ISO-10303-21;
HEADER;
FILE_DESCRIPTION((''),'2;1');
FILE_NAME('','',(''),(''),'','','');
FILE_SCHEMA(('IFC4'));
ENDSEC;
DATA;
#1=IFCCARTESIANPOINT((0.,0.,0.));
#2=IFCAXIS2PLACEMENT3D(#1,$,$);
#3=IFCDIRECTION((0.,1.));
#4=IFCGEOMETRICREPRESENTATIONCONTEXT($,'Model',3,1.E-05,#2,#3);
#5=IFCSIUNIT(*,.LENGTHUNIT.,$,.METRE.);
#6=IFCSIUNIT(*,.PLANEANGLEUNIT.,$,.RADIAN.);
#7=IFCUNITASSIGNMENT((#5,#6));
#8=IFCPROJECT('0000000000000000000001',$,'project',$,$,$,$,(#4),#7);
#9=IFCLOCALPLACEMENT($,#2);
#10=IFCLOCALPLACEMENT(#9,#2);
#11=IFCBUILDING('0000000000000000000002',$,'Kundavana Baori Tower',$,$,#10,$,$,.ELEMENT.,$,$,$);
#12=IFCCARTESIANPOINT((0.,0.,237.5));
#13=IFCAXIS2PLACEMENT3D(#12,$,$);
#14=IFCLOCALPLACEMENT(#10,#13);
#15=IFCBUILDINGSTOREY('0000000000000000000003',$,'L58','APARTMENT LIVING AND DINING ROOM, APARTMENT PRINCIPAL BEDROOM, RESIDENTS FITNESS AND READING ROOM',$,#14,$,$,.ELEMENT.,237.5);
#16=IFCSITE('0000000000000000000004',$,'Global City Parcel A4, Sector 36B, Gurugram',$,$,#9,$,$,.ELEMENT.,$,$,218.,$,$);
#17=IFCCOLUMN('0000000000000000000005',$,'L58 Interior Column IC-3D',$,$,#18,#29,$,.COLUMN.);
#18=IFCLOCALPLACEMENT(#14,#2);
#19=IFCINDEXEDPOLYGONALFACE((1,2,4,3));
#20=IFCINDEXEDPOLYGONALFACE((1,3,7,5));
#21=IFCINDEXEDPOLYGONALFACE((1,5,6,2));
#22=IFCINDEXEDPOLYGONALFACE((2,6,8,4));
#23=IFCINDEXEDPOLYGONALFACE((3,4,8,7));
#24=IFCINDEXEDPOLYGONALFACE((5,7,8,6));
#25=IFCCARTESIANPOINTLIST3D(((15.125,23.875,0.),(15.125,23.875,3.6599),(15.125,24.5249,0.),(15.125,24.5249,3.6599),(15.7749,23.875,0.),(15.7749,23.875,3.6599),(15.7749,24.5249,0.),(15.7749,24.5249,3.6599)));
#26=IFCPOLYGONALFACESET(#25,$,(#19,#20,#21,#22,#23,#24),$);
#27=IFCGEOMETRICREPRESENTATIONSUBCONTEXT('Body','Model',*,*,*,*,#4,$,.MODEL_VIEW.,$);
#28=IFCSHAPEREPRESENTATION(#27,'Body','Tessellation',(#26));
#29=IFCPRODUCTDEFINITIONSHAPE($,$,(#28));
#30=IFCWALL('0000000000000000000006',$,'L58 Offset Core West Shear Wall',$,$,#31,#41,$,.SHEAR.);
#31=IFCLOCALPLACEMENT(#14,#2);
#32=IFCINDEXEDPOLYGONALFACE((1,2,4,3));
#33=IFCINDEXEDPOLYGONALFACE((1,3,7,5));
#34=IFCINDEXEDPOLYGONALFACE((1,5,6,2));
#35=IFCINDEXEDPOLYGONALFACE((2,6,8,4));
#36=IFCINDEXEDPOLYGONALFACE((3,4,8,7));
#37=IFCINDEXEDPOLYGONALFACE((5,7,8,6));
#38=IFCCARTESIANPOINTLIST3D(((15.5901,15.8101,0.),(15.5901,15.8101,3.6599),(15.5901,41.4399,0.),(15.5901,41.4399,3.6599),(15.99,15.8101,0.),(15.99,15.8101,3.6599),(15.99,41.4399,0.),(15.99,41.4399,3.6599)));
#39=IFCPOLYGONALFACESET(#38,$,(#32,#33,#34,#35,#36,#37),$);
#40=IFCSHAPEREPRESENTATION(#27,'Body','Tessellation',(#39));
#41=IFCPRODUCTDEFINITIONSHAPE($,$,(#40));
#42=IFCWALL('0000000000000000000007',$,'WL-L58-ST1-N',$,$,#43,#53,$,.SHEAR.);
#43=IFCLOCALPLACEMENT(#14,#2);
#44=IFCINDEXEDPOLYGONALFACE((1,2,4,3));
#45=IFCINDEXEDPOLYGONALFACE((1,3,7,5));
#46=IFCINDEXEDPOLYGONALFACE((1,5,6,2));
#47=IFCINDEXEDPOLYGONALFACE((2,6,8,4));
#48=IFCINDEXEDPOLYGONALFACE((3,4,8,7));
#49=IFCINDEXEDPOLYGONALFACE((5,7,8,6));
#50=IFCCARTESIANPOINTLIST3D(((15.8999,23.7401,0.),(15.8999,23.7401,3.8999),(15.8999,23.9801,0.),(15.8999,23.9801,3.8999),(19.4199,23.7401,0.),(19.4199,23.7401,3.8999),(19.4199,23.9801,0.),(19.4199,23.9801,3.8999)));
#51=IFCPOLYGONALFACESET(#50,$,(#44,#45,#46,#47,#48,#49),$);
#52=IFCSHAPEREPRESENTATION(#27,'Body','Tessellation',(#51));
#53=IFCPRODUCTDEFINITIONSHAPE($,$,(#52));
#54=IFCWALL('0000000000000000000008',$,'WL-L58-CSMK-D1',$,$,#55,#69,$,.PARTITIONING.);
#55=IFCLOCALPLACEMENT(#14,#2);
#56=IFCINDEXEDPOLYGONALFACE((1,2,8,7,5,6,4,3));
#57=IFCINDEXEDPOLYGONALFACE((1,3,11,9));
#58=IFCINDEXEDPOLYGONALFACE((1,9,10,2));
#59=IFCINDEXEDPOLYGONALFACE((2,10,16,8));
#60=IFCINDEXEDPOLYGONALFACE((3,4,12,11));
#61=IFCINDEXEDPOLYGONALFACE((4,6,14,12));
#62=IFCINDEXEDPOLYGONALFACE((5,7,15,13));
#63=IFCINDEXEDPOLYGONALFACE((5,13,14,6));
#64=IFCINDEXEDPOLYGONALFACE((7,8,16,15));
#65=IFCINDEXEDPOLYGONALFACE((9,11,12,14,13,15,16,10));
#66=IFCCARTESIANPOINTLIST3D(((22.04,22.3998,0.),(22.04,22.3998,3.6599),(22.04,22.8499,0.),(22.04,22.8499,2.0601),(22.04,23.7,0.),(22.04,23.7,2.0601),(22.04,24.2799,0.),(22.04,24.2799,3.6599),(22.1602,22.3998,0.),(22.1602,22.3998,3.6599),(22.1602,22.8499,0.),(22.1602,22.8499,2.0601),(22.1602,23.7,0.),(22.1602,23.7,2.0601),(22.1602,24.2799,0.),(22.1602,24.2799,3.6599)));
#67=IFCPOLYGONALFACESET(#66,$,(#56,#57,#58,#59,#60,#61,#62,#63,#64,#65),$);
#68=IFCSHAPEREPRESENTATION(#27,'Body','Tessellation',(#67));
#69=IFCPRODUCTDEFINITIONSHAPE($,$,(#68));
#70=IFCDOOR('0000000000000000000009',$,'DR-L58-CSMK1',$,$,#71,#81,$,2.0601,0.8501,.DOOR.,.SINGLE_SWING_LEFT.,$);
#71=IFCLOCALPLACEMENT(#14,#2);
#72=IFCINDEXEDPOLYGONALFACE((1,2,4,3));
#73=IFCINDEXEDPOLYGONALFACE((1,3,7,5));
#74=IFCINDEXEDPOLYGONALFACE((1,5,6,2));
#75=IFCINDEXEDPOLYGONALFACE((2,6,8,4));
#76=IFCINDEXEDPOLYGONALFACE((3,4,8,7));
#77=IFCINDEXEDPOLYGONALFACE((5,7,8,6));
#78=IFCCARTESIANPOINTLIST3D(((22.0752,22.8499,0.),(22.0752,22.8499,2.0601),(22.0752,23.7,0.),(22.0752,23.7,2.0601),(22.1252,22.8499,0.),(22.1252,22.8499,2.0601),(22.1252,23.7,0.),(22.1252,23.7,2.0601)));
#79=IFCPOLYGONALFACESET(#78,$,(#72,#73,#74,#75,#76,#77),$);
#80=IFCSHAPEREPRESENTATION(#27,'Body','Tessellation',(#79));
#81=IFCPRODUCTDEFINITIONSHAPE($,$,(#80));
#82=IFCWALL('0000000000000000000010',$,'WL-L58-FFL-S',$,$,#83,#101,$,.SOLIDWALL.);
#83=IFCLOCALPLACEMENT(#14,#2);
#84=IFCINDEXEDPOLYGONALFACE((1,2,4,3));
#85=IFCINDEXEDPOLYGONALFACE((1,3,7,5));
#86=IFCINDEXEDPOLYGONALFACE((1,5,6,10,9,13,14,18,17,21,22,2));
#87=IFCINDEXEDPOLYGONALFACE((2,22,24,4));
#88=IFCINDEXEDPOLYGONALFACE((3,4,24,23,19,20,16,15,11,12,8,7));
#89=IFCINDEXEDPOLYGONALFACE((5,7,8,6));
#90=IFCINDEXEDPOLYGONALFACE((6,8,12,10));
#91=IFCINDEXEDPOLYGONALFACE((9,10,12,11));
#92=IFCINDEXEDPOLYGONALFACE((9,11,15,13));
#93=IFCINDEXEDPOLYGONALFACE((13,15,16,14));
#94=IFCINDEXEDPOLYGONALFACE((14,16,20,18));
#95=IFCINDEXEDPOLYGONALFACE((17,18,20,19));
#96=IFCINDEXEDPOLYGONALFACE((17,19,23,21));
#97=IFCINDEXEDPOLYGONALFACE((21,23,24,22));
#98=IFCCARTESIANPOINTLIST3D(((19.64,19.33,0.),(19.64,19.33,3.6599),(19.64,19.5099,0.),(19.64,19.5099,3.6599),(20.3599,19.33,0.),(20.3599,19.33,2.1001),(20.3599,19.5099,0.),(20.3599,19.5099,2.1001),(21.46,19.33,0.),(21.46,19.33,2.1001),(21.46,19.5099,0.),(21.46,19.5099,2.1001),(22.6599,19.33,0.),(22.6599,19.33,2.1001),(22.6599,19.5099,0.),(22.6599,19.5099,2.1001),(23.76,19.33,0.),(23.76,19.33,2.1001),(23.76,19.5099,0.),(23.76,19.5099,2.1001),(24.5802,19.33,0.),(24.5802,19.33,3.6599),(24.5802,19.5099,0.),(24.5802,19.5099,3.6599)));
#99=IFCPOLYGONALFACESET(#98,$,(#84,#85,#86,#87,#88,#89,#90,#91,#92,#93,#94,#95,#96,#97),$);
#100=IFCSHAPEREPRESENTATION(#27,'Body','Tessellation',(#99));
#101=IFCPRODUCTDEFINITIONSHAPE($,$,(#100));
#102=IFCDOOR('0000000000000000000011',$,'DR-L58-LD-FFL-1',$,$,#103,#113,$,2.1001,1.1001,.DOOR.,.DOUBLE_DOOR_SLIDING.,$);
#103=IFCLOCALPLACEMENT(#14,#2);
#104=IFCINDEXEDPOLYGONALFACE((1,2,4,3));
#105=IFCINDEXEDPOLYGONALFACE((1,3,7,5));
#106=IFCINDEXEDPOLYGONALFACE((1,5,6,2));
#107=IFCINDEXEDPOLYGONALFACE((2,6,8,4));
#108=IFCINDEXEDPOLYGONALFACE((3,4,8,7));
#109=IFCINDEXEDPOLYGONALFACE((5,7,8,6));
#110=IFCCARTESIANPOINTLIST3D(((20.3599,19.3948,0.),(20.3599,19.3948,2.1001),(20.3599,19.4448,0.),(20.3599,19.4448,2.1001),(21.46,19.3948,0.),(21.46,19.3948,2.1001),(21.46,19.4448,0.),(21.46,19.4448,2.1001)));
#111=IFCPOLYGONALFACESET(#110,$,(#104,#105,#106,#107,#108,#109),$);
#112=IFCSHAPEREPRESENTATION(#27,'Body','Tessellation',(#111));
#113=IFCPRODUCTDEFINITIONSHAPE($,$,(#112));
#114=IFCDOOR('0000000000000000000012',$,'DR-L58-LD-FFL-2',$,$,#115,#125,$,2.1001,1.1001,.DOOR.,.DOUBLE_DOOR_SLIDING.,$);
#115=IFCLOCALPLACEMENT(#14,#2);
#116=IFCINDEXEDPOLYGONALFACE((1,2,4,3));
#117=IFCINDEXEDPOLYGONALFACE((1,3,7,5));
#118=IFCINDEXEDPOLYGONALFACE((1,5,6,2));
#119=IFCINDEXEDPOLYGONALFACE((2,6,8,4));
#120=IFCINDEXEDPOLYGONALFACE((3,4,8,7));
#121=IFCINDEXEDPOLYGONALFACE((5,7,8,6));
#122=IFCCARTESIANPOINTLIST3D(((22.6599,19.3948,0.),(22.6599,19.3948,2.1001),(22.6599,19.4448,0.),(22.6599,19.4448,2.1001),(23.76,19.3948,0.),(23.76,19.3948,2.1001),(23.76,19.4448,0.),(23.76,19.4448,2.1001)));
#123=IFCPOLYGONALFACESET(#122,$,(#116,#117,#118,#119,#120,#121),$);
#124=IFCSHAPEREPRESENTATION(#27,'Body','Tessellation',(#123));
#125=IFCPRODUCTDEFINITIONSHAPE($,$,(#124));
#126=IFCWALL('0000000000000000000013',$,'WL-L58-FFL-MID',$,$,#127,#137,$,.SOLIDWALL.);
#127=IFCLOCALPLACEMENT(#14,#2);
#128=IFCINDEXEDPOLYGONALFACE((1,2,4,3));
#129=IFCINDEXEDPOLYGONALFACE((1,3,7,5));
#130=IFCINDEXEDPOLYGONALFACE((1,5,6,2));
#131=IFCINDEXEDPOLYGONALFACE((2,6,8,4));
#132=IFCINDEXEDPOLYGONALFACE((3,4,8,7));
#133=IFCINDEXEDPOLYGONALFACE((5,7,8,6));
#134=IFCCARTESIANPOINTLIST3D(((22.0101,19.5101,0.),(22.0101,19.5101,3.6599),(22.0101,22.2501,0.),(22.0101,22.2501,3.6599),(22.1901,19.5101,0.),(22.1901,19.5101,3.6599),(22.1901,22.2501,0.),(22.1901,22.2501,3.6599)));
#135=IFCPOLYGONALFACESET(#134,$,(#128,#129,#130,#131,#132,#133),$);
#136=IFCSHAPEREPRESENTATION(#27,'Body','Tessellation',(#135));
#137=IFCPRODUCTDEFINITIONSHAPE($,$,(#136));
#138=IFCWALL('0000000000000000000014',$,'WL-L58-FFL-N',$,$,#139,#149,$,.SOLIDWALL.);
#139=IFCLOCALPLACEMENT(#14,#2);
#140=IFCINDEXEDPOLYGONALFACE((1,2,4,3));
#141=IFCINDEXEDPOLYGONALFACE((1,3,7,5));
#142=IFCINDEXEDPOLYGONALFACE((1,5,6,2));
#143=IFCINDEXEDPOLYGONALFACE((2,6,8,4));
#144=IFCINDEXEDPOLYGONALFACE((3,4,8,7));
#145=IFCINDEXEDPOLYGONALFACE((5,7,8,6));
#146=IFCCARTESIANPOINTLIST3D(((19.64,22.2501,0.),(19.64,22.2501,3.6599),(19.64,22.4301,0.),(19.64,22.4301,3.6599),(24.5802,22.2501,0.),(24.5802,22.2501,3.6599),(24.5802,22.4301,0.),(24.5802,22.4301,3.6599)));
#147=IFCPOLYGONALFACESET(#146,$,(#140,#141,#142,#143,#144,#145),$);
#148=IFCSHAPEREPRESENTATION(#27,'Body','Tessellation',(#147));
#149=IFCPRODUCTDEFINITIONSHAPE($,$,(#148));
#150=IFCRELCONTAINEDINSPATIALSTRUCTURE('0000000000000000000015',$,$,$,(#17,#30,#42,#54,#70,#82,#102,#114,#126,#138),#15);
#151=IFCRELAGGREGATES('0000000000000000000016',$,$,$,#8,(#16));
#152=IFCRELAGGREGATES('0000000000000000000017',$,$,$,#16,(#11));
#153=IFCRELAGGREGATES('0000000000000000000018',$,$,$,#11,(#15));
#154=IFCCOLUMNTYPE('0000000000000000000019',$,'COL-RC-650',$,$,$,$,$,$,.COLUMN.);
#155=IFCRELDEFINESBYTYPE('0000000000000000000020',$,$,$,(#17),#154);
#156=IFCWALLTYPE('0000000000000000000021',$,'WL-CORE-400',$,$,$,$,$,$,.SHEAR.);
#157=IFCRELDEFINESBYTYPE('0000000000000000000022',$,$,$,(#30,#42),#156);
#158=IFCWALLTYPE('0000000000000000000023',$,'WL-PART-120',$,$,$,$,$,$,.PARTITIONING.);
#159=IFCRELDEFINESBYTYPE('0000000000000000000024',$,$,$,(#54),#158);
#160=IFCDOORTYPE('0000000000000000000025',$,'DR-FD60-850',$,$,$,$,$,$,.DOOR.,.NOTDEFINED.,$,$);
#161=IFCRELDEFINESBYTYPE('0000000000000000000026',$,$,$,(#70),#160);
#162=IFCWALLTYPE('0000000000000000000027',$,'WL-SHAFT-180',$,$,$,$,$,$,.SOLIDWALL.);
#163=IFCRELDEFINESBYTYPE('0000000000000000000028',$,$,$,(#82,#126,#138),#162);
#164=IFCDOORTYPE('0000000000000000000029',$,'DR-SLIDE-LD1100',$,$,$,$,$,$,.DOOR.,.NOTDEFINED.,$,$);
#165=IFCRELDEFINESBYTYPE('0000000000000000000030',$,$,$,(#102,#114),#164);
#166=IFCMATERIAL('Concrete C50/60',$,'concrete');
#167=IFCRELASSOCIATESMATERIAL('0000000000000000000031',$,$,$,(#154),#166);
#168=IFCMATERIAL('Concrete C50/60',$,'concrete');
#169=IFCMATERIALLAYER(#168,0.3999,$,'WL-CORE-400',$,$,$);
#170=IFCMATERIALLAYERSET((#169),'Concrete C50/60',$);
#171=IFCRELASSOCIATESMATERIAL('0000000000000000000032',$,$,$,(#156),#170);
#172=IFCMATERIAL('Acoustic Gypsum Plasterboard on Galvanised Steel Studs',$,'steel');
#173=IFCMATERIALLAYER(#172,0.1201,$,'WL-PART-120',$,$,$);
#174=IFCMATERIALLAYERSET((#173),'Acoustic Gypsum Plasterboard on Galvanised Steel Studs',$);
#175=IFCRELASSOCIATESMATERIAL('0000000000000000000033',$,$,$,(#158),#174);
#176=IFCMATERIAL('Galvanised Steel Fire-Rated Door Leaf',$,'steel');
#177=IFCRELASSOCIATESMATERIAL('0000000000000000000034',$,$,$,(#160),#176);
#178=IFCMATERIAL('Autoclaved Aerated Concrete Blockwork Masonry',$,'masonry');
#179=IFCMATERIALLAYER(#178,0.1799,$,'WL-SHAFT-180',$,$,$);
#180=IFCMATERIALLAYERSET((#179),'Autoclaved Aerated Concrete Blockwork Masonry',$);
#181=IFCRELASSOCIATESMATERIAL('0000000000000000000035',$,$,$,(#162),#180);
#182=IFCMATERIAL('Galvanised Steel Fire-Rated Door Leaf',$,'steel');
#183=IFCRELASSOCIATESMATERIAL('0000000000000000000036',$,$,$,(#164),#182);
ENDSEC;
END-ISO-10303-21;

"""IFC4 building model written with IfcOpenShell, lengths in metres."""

from ifc_helpers import new_model, si_unit, direction, frame, frame_2d, origin, origin_2d, place, context, subcontext, project, spatial, rectangle, extrude, material, layer, layer_set, material_profile, profile_set, type_object, element, fill, save


model = new_model("IFC4")

# Units and contexts
model_context = context("Model", 3, precision=1e-05, world=origin(), true_north=direction((0.0, 1.0)))
body_context = subcontext(model_context, "Body", "Model", "MODEL_VIEW")
ifc_project = project(units=[si_unit("LENGTHUNIT", "METRE"), si_unit("PLANEANGLEUNIT", "RADIAN")], contexts=[model_context])

# Site, building, storey
site_placement = place(None, origin())
site = spatial("IfcSite", under=ifc_project, at=site_placement, Name="Global City Parcel A4, Sector 36B, Gurugram", CompositionType="ELEMENT", RefElevation=218.0)
building_placement = place(site_placement, origin())
building = spatial("IfcBuilding", under=site, at=building_placement, Name="Kundavana Baori Tower", CompositionType="ELEMENT")
storey_placement = place(building_placement, frame((0.0, 0.0, 237.5)))
storey = spatial("IfcBuildingStorey", under=building, at=storey_placement, Name="L58", Description="APARTMENT LIVING AND DINING ROOM, APARTMENT PRINCIPAL BEDROOM, RESIDENTS FITNESS AND READING ROOM", CompositionType="ELEMENT", Elevation=237.5)

# Column
ifc_material_1 = material(Name="Concrete C50/60", Category="concrete")
ifc_material_profile = material_profile(ifc_material_1, rectangle(XDim=0.6499, YDim=0.6499, at=origin_2d()), Name="RC 650x650")
ifc_profile_set = profile_set([ifc_material_profile], Name="Concrete C50/60")
column_type = type_object("IfcColumnType", Name="COL-RC-650", PredefinedType="COLUMN", material=ifc_profile_set)
column_placement = place(storey_placement, frame((15.45, 24.2, 0.0), z_axis=(0.0, 0.0, 1.0), x_axis=(1.0, 0.0, 0.0)))
element("IfcColumn", 1, at=column_placement, inside=storey, type_object=column_type, Name="L58 Interior Column IC-3D", PredefinedType="COLUMN", context=body_context, shape_type="SweptSolid", body=[
    extrude(rectangle(XDim=0.6499, YDim=0.6499, at=origin_2d()), origin(), (0.0, 0.0, 1.0), 3.6599),
])

# Walls
ifc_material_2 = material(Name="Concrete C50/60", Category="concrete")
ifc_layer_1 = layer(ifc_material_2, 0.3999, Name="WL-CORE-400")
ifc_layer_set_1 = layer_set([ifc_layer_1], Name="Concrete C50/60")
wall_type_1 = type_object("IfcWallType", Name="WL-CORE-400", PredefinedType="SHEAR", material=ifc_layer_set_1)
wall_1_placement = place(storey_placement, frame((15.79, 15.8101, 0.0), z_axis=(0.0, 0.0, 1.0), x_axis=(0.0, 1.0, 0.0)))
element("IfcWall", 2, at=wall_1_placement, inside=storey, type_object=wall_type_1, Name="L58 Offset Core West Shear Wall", PredefinedType="SHEAR", context=body_context, shape_type="SweptSolid", body=[
    extrude(rectangle(XDim=25.6299, YDim=0.3999, at=frame_2d((12.8149, 0.0))), origin(), (0.0, 0.0, 1.0), 3.6599),
])
wall_2_placement = place(storey_placement, frame((15.8999, 23.8601, 0.0), z_axis=(0.0, 0.0, 1.0), x_axis=(1.0, 0.0, 0.0)))
element("IfcWall", 3, at=wall_2_placement, inside=storey, type_object=wall_type_1, Name="WL-L58-ST1-N", PredefinedType="SHEAR", context=body_context, shape_type="SweptSolid", body=[
    extrude(rectangle(XDim=3.52, YDim=0.24, at=frame_2d((1.76, 0.0))), origin(), (0.0, 0.0, 1.0), 3.8999),
])

# Wall, opening, door
ifc_material_3 = material(Name="Acoustic Gypsum Plasterboard on Galvanised Steel Studs", Category="steel")
ifc_layer_2 = layer(ifc_material_3, 0.1201, Name="WL-PART-120")
ifc_layer_set_2 = layer_set([ifc_layer_2], Name="Acoustic Gypsum Plasterboard on Galvanised Steel Studs")
wall_type_2 = type_object("IfcWallType", Name="WL-PART-120", PredefinedType="PARTITIONING", material=ifc_layer_set_2)
wall_3_placement = place(storey_placement, frame((22.1001, 22.3999, 0.0), z_axis=(0.0, 0.0, 1.0), x_axis=(0.0, 1.0, 0.0)))
wall_3 = element("IfcWall", 4, at=wall_3_placement, inside=storey, type_object=wall_type_2, Name="WL-L58-CSMK-D1", PredefinedType="PARTITIONING", context=body_context, shape_type="SweptSolid", body=[
    extrude(rectangle(XDim=1.8801, YDim=0.1201, at=frame_2d((0.9399, 0.0))), origin(), (0.0, 0.0, 1.0), 3.6599),
])
opening_1_placement = place(wall_3_placement, frame((0.45, 0.0, 0.0)))
opening_1 = element("IfcOpeningElement", 5, at=opening_1_placement, cuts=wall_3, PredefinedType="OPENING", context=body_context, shape_type="SweptSolid", body=[
    extrude(rectangle(XDim=0.8501, YDim=2.0601, at=frame_2d((0.425, 1.03))), frame((0.0, 0.0701, 0.0), z_axis=(0.0, -1.0, 0.0), x_axis=(1.0, 0.0, 0.0)), (0.0, 0.0, 1.0), 0.1401),
])
ifc_material_4 = material(Name="Galvanised Steel Fire-Rated Door Leaf", Category="steel")
door_type_1 = type_object("IfcDoorType", Name="DR-FD60-850", OperationType="NOTDEFINED", PredefinedType="DOOR", material=ifc_material_4)
door_1_placement = place(opening_1_placement, origin())
door_1 = element("IfcDoor", 6, at=door_1_placement, inside=storey, type_object=door_type_1, Name="DR-L58-CSMK1", OperationType="SINGLE_SWING_LEFT", OverallHeight=2.0601, OverallWidth=0.8501, PredefinedType="DOOR", context=body_context, shape_type="SweptSolid", body=[
    extrude(rectangle(XDim=0.8501, YDim=2.0601, at=frame_2d((0.425, 1.03))), frame((0.0, 0.0249, 0.0), z_axis=(0.0, -1.0, 0.0), x_axis=(1.0, 0.0, 0.0)), (0.0, 0.0, 1.0), 0.05),
])
fill(opening_1, door_1)

# Wall, openings, doors
ifc_material_5 = material(Name="Autoclaved Aerated Concrete Blockwork Masonry", Category="masonry")
ifc_layer_3 = layer(ifc_material_5, 0.1799, Name="WL-SHAFT-180")
ifc_layer_set_3 = layer_set([ifc_layer_3], Name="Autoclaved Aerated Concrete Blockwork Masonry")
wall_type_3 = type_object("IfcWallType", Name="WL-SHAFT-180", PredefinedType="SOLIDWALL", material=ifc_layer_set_3)
wall_4_placement = place(storey_placement, frame((19.6399, 19.4199, 0.0), z_axis=(0.0, 0.0, 1.0), x_axis=(1.0, 0.0, 0.0)))
wall_4 = element("IfcWall", 7, at=wall_4_placement, inside=storey, type_object=wall_type_3, Name="WL-L58-FFL-S", PredefinedType="SOLIDWALL", context=body_context, shape_type="SweptSolid", body=[
    extrude(rectangle(XDim=4.9402, YDim=0.1799, at=frame_2d((2.4702, 0.0))), origin(), (0.0, 0.0, 1.0), 3.6599),
])
opening_2_placement = place(wall_4_placement, frame((0.72, 0.0, 0.0)))
opening_2 = element("IfcOpeningElement", 8, at=opening_2_placement, cuts=wall_4, PredefinedType="OPENING", context=body_context, shape_type="SweptSolid", body=[
    extrude(rectangle(XDim=1.1001, YDim=2.1001, at=frame_2d((0.55, 1.05))), frame((0.0, 0.1001, 0.0), z_axis=(0.0, -1.0, 0.0), x_axis=(1.0, 0.0, 0.0)), (0.0, 0.0, 1.0), 0.2),
])
opening_3_placement = place(wall_4_placement, frame((3.02, 0.0, 0.0)))
opening_3 = element("IfcOpeningElement", 9, at=opening_3_placement, cuts=wall_4, PredefinedType="OPENING", context=body_context, shape_type="SweptSolid", body=[
    extrude(rectangle(XDim=1.1001, YDim=2.1001, at=frame_2d((0.55, 1.05))), frame((0.0, 0.1001, 0.0), z_axis=(0.0, -1.0, 0.0), x_axis=(1.0, 0.0, 0.0)), (0.0, 0.0, 1.0), 0.2),
])
ifc_material_6 = material(Name="Galvanised Steel Fire-Rated Door Leaf", Category="steel")
door_type_2 = type_object("IfcDoorType", Name="DR-SLIDE-LD1100", OperationType="NOTDEFINED", PredefinedType="DOOR", material=ifc_material_6)
door_2_placement = place(opening_2_placement, origin())
door_2 = element("IfcDoor", 10, at=door_2_placement, inside=storey, type_object=door_type_2, Name="DR-L58-LD-FFL-1", OperationType="DOUBLE_DOOR_SLIDING", OverallHeight=2.1001, OverallWidth=1.1001, PredefinedType="DOOR", context=body_context, shape_type="SweptSolid", body=[
    extrude(rectangle(XDim=1.1001, YDim=2.1001, at=frame_2d((0.55, 1.05))), frame((0.0, 0.0249, 0.0), z_axis=(0.0, -1.0, 0.0), x_axis=(1.0, 0.0, 0.0)), (0.0, 0.0, 1.0), 0.05),
])
fill(opening_2, door_2)
door_3_placement = place(opening_3_placement, origin())
door_3 = element("IfcDoor", 11, at=door_3_placement, inside=storey, type_object=door_type_2, Name="DR-L58-LD-FFL-2", OperationType="DOUBLE_DOOR_SLIDING", OverallHeight=2.1001, OverallWidth=1.1001, PredefinedType="DOOR", context=body_context, shape_type="SweptSolid", body=[
    extrude(rectangle(XDim=1.1001, YDim=2.1001, at=frame_2d((0.55, 1.05))), frame((0.0, 0.0249, 0.0), z_axis=(0.0, -1.0, 0.0), x_axis=(1.0, 0.0, 0.0)), (0.0, 0.0, 1.0), 0.05),
])
fill(opening_3, door_3)

# Walls
wall_5_placement = place(storey_placement, frame((22.1001, 19.51, 0.0), z_axis=(0.0, 0.0, 1.0), x_axis=(0.0, 1.0, 0.0)))
element("IfcWall", 12, at=wall_5_placement, inside=storey, type_object=wall_type_3, Name="WL-L58-FFL-MID", PredefinedType="SOLIDWALL", context=body_context, shape_type="SweptSolid", body=[
    extrude(rectangle(XDim=2.74, YDim=0.1799, at=frame_2d((1.3701, 0.0))), origin(), (0.0, 0.0, 1.0), 3.6599),
])
wall_6_placement = place(storey_placement, frame((19.6399, 22.3401, 0.0), z_axis=(0.0, 0.0, 1.0), x_axis=(1.0, 0.0, 0.0)))
element("IfcWall", 13, at=wall_6_placement, inside=storey, type_object=wall_type_3, Name="WL-L58-FFL-N", PredefinedType="SOLIDWALL", context=body_context, shape_type="SweptSolid", body=[
    extrude(rectangle(XDim=4.9402, YDim=0.1799, at=frame_2d((2.4702, 0.0))), origin(), (0.0, 0.0, 1.0), 3.6599),
])

save(model, "model.ifc")
